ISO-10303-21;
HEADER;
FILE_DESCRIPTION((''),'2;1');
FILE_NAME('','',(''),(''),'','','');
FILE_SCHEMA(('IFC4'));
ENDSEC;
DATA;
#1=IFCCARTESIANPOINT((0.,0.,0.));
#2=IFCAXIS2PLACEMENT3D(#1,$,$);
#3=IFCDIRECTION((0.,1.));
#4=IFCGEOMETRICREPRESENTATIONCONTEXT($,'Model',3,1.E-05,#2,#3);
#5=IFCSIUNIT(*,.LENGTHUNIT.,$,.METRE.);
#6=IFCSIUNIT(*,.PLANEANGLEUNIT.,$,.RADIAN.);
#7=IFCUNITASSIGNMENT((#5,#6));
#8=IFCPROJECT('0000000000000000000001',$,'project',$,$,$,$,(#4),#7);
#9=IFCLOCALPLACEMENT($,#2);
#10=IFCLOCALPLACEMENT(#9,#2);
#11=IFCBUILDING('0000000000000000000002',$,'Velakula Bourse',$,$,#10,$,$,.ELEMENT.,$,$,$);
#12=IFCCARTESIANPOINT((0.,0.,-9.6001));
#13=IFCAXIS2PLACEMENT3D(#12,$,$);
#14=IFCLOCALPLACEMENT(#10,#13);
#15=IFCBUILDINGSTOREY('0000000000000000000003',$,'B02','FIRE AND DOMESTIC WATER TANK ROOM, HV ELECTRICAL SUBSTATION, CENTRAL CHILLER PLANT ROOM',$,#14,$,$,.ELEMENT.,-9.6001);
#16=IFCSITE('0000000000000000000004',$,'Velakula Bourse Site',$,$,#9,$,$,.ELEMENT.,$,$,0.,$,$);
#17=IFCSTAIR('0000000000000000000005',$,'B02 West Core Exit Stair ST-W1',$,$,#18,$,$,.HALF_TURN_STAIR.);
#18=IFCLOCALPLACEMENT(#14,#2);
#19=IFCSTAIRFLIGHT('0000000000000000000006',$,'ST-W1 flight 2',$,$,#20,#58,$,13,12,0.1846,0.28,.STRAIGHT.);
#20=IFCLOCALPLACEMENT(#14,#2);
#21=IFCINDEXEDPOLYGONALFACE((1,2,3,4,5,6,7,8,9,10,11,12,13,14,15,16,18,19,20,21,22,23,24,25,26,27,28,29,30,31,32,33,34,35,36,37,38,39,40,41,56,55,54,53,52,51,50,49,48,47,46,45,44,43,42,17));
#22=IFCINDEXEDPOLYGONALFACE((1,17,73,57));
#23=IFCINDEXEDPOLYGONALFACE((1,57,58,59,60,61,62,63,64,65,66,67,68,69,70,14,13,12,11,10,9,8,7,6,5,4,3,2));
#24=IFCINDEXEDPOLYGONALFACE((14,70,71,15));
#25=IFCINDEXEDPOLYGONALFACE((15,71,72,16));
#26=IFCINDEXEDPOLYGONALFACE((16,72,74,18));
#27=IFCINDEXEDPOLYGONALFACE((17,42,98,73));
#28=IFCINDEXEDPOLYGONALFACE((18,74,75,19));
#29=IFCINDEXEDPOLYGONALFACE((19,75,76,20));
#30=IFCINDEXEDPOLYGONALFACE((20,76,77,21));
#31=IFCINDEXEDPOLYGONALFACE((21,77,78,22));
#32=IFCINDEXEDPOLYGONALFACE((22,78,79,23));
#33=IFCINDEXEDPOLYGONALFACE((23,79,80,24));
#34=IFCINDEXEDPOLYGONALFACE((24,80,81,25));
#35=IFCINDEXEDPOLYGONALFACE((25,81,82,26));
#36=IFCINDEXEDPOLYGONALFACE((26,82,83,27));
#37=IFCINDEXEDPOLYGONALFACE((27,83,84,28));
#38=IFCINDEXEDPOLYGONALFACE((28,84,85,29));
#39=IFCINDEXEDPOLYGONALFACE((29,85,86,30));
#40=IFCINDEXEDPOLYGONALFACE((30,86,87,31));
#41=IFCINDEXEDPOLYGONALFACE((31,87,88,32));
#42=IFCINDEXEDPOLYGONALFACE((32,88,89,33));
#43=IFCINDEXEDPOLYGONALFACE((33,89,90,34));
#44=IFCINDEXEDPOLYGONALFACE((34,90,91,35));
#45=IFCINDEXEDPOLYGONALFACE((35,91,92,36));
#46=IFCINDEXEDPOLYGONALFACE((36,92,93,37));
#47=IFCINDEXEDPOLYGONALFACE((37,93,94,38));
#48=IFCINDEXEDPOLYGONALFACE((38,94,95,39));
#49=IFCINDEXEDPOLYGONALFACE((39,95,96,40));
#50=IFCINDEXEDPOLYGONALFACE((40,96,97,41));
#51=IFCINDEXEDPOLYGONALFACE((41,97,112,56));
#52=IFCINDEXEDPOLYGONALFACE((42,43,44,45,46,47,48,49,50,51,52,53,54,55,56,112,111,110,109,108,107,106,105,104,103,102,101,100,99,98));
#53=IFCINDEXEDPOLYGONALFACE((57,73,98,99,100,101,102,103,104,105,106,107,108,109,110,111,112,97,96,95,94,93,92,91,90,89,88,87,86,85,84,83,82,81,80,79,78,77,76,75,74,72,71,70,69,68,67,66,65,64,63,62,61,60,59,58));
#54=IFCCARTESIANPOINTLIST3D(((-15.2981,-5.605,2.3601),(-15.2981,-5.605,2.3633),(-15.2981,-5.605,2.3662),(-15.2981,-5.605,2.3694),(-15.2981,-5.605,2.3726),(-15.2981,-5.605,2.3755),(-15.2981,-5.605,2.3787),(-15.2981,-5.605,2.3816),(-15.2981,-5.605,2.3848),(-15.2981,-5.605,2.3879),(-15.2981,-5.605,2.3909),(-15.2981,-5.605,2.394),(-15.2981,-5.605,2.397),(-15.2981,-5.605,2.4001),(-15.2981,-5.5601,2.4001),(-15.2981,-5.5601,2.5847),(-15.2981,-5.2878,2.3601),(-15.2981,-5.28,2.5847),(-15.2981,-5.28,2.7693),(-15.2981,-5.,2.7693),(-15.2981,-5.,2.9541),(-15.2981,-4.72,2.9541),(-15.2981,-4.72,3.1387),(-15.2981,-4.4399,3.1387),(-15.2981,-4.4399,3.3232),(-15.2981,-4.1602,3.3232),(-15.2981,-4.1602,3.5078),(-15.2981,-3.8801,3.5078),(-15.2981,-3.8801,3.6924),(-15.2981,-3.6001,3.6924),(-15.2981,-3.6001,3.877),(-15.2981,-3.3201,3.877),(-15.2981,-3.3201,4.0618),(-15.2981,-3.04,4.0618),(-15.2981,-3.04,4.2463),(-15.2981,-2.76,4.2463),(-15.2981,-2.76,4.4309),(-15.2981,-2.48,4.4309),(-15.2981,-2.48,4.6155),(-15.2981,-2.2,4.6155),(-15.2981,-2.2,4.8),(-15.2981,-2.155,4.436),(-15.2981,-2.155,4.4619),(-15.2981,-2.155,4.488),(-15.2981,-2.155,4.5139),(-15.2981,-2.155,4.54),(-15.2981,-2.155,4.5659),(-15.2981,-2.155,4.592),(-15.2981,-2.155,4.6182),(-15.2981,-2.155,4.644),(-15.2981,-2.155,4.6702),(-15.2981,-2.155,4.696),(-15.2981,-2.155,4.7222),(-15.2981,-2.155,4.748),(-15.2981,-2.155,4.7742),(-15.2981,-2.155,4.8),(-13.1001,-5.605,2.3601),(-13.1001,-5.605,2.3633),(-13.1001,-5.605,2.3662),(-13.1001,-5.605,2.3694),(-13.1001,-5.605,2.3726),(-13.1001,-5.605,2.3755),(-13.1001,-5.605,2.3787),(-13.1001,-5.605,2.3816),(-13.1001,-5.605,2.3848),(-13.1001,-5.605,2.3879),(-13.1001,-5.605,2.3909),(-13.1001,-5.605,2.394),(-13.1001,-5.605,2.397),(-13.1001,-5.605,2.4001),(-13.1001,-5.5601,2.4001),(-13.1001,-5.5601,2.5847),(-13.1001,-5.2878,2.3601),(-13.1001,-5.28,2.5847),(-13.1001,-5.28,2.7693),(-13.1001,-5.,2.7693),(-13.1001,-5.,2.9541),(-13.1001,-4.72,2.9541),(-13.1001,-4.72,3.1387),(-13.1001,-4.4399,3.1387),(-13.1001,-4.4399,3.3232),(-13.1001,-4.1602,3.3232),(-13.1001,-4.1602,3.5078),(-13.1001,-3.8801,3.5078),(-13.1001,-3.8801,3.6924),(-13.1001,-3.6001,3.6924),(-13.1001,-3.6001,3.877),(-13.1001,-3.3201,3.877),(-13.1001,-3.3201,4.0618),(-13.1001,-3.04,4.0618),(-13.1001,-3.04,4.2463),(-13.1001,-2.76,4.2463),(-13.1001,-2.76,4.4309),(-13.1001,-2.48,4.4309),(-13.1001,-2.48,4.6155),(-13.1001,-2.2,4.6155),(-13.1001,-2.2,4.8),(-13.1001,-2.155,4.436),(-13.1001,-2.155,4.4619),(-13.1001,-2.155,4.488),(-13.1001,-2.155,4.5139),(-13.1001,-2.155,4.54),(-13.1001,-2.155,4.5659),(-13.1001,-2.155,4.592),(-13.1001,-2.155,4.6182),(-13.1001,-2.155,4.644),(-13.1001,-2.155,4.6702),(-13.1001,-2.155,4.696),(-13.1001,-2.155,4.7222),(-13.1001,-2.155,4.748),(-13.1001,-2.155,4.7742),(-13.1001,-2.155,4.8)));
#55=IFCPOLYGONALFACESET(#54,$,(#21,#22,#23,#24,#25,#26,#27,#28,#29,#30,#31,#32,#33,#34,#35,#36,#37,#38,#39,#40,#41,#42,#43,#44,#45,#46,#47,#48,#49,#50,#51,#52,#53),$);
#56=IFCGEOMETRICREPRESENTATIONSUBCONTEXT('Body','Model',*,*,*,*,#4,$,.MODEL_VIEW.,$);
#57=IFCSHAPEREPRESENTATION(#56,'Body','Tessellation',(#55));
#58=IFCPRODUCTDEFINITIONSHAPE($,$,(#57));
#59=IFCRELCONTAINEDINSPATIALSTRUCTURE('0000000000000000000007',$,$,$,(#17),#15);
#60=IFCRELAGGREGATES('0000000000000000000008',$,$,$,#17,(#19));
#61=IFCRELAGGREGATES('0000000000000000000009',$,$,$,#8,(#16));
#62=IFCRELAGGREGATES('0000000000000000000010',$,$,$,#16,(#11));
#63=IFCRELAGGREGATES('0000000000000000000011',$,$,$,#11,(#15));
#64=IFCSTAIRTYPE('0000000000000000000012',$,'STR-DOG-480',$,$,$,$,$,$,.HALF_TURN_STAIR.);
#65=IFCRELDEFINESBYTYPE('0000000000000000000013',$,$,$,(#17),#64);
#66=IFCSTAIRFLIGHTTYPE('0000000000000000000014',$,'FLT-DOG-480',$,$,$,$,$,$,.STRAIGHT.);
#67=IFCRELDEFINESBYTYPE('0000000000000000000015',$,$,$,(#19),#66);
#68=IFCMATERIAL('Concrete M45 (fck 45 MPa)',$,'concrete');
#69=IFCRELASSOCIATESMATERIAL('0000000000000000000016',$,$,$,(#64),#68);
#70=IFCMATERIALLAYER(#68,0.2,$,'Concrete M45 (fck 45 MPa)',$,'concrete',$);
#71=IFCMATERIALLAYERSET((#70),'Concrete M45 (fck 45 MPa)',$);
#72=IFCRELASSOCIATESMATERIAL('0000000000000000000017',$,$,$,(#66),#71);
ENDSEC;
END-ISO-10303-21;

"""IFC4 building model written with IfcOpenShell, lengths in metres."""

from ifc_helpers import new_model, si_unit, direction, frame, origin, place, context, subcontext, project, spatial, polyline, outline, extrude, material, layer, layer_set, type_object, element, aggregate, save


model = new_model("IFC4")

# Units and contexts
model_context = context("Model", 3, precision=1e-05, world=origin(), true_north=direction((0.0, 1.0)))
body_context = subcontext(model_context, "Body", "Model", "MODEL_VIEW")
ifc_project = project(units=[si_unit("LENGTHUNIT", "METRE"), si_unit("PLANEANGLEUNIT", "RADIAN")], contexts=[model_context])

# Site, building, storey
site_placement = place(None, origin())
site = spatial("IfcSite", under=ifc_project, at=site_placement, Name="Velakula Bourse Site", CompositionType="ELEMENT", RefElevation=0.0)
building_placement = place(site_placement, origin())
building = spatial("IfcBuilding", under=site, at=building_placement, Name="Velakula Bourse", CompositionType="ELEMENT")
storey_placement = place(building_placement, frame((0.0, 0.0, -9.6001)))
storey = spatial("IfcBuildingStorey", under=building, at=storey_placement, Name="B02", Description="FIRE AND DOMESTIC WATER TANK ROOM, HV ELECTRICAL SUBSTATION, CENTRAL CHILLER PLANT ROOM", CompositionType="ELEMENT", Elevation=-9.6001)

# Stair, stair flight
ifc_material_1 = material(Name="Concrete M45 (fck 45 MPa)", Category="concrete")
stair_type = type_object("IfcStairType", Name="STR-DOG-480", PredefinedType="HALF_TURN_STAIR", material=ifc_material_1)
stair_placement = place(storey_placement, origin())
stair = element("IfcStair", 1, at=stair_placement, inside=storey, type_object=stair_type, Name="B02 West Core Exit Stair ST-W1", PredefinedType="HALF_TURN_STAIR")
ifc_layer_1 = layer(ifc_material_1, 0.2, Name="Concrete M45 (fck 45 MPa)", Category="concrete")
ifc_layer_set_1 = layer_set([ifc_layer_1], Name="Concrete M45 (fck 45 MPa)")
stair_flight_type = type_object("IfcStairFlightType", Name="FLT-DOG-480", PredefinedType="STRAIGHT", material=ifc_layer_set_1)
stair_flight_1_placement = place(storey_placement, frame((-14.199, -5.5601, 2.4001), z_axis=(0.0, 0.0, 1.0), x_axis=(0.0, 1.0, 0.0)))
stair_flight_1 = element("IfcStairFlight", 2, at=stair_flight_1_placement, type_object=stair_flight_type, Name="ST-W1 flight 2", NumberOfRisers=13, NumberOfTreads=12, PredefinedType="STRAIGHT", RiserHeight=0.1846, TreadLength=0.28, context=body_context, shape_type="SweptSolid", body=[
    extrude(outline(polyline([(-0.0449, -0.04), (-0.0449, -0.0369), (-0.0449, -0.0339), (-0.0449, -0.0308), (-0.0449, -0.0276), (-0.0449, -0.0247), (-0.0449, -0.0215), (-0.0449, -0.0186), (-0.0449, -0.0154), (-0.0449, -0.0122), (-0.0449, -0.0093), (-0.0449, -0.0061), (-0.0449, -0.0032), (-0.0449, 0.0), (0.0, 0.0), (0.0, 0.1846), (0.28, 0.1846), (0.28, 0.3691), (0.5601, 0.3691), (0.5601, 0.554), (0.8401, 0.554), (0.8401, 0.7385), (1.1201, 0.7385), (1.1201, 0.9231), (1.3999, 0.9231), (1.3999, 1.1077), (1.6799, 1.1077), (1.6799, 1.2922), (1.96, 1.2922), (1.96, 1.4768), (2.24, 1.4768), (2.24, 1.6616), (2.52, 1.6616), (2.52, 1.8462), (2.8, 1.8462), (2.8, 2.0308), (3.0801, 2.0308), (3.0801, 2.2153), (3.3601, 2.2153), (3.3601, 2.3999), (3.405, 2.3999), (3.405, 2.374), (3.405, 2.3479), (3.405, 2.322), (3.405, 2.2959), (3.405, 2.27), (3.405, 2.2439), (3.405, 2.218), (3.405, 2.1919), (3.405, 2.1658), (3.405, 2.1399), (3.405, 2.1138), (3.405, 2.0879), (3.405, 2.0618), (3.405, 2.0359), (0.2722, -0.04), (-0.0449, -0.04)])), frame((0.0, 1.0991, 0.0), z_axis=(0.0, -1.0, 0.0), x_axis=(1.0, 0.0, 0.0)), (0.0, 0.0, 1.0), 2.198),
])
aggregate(stair, [stair_flight_1])

save(model, "model.ifc")
